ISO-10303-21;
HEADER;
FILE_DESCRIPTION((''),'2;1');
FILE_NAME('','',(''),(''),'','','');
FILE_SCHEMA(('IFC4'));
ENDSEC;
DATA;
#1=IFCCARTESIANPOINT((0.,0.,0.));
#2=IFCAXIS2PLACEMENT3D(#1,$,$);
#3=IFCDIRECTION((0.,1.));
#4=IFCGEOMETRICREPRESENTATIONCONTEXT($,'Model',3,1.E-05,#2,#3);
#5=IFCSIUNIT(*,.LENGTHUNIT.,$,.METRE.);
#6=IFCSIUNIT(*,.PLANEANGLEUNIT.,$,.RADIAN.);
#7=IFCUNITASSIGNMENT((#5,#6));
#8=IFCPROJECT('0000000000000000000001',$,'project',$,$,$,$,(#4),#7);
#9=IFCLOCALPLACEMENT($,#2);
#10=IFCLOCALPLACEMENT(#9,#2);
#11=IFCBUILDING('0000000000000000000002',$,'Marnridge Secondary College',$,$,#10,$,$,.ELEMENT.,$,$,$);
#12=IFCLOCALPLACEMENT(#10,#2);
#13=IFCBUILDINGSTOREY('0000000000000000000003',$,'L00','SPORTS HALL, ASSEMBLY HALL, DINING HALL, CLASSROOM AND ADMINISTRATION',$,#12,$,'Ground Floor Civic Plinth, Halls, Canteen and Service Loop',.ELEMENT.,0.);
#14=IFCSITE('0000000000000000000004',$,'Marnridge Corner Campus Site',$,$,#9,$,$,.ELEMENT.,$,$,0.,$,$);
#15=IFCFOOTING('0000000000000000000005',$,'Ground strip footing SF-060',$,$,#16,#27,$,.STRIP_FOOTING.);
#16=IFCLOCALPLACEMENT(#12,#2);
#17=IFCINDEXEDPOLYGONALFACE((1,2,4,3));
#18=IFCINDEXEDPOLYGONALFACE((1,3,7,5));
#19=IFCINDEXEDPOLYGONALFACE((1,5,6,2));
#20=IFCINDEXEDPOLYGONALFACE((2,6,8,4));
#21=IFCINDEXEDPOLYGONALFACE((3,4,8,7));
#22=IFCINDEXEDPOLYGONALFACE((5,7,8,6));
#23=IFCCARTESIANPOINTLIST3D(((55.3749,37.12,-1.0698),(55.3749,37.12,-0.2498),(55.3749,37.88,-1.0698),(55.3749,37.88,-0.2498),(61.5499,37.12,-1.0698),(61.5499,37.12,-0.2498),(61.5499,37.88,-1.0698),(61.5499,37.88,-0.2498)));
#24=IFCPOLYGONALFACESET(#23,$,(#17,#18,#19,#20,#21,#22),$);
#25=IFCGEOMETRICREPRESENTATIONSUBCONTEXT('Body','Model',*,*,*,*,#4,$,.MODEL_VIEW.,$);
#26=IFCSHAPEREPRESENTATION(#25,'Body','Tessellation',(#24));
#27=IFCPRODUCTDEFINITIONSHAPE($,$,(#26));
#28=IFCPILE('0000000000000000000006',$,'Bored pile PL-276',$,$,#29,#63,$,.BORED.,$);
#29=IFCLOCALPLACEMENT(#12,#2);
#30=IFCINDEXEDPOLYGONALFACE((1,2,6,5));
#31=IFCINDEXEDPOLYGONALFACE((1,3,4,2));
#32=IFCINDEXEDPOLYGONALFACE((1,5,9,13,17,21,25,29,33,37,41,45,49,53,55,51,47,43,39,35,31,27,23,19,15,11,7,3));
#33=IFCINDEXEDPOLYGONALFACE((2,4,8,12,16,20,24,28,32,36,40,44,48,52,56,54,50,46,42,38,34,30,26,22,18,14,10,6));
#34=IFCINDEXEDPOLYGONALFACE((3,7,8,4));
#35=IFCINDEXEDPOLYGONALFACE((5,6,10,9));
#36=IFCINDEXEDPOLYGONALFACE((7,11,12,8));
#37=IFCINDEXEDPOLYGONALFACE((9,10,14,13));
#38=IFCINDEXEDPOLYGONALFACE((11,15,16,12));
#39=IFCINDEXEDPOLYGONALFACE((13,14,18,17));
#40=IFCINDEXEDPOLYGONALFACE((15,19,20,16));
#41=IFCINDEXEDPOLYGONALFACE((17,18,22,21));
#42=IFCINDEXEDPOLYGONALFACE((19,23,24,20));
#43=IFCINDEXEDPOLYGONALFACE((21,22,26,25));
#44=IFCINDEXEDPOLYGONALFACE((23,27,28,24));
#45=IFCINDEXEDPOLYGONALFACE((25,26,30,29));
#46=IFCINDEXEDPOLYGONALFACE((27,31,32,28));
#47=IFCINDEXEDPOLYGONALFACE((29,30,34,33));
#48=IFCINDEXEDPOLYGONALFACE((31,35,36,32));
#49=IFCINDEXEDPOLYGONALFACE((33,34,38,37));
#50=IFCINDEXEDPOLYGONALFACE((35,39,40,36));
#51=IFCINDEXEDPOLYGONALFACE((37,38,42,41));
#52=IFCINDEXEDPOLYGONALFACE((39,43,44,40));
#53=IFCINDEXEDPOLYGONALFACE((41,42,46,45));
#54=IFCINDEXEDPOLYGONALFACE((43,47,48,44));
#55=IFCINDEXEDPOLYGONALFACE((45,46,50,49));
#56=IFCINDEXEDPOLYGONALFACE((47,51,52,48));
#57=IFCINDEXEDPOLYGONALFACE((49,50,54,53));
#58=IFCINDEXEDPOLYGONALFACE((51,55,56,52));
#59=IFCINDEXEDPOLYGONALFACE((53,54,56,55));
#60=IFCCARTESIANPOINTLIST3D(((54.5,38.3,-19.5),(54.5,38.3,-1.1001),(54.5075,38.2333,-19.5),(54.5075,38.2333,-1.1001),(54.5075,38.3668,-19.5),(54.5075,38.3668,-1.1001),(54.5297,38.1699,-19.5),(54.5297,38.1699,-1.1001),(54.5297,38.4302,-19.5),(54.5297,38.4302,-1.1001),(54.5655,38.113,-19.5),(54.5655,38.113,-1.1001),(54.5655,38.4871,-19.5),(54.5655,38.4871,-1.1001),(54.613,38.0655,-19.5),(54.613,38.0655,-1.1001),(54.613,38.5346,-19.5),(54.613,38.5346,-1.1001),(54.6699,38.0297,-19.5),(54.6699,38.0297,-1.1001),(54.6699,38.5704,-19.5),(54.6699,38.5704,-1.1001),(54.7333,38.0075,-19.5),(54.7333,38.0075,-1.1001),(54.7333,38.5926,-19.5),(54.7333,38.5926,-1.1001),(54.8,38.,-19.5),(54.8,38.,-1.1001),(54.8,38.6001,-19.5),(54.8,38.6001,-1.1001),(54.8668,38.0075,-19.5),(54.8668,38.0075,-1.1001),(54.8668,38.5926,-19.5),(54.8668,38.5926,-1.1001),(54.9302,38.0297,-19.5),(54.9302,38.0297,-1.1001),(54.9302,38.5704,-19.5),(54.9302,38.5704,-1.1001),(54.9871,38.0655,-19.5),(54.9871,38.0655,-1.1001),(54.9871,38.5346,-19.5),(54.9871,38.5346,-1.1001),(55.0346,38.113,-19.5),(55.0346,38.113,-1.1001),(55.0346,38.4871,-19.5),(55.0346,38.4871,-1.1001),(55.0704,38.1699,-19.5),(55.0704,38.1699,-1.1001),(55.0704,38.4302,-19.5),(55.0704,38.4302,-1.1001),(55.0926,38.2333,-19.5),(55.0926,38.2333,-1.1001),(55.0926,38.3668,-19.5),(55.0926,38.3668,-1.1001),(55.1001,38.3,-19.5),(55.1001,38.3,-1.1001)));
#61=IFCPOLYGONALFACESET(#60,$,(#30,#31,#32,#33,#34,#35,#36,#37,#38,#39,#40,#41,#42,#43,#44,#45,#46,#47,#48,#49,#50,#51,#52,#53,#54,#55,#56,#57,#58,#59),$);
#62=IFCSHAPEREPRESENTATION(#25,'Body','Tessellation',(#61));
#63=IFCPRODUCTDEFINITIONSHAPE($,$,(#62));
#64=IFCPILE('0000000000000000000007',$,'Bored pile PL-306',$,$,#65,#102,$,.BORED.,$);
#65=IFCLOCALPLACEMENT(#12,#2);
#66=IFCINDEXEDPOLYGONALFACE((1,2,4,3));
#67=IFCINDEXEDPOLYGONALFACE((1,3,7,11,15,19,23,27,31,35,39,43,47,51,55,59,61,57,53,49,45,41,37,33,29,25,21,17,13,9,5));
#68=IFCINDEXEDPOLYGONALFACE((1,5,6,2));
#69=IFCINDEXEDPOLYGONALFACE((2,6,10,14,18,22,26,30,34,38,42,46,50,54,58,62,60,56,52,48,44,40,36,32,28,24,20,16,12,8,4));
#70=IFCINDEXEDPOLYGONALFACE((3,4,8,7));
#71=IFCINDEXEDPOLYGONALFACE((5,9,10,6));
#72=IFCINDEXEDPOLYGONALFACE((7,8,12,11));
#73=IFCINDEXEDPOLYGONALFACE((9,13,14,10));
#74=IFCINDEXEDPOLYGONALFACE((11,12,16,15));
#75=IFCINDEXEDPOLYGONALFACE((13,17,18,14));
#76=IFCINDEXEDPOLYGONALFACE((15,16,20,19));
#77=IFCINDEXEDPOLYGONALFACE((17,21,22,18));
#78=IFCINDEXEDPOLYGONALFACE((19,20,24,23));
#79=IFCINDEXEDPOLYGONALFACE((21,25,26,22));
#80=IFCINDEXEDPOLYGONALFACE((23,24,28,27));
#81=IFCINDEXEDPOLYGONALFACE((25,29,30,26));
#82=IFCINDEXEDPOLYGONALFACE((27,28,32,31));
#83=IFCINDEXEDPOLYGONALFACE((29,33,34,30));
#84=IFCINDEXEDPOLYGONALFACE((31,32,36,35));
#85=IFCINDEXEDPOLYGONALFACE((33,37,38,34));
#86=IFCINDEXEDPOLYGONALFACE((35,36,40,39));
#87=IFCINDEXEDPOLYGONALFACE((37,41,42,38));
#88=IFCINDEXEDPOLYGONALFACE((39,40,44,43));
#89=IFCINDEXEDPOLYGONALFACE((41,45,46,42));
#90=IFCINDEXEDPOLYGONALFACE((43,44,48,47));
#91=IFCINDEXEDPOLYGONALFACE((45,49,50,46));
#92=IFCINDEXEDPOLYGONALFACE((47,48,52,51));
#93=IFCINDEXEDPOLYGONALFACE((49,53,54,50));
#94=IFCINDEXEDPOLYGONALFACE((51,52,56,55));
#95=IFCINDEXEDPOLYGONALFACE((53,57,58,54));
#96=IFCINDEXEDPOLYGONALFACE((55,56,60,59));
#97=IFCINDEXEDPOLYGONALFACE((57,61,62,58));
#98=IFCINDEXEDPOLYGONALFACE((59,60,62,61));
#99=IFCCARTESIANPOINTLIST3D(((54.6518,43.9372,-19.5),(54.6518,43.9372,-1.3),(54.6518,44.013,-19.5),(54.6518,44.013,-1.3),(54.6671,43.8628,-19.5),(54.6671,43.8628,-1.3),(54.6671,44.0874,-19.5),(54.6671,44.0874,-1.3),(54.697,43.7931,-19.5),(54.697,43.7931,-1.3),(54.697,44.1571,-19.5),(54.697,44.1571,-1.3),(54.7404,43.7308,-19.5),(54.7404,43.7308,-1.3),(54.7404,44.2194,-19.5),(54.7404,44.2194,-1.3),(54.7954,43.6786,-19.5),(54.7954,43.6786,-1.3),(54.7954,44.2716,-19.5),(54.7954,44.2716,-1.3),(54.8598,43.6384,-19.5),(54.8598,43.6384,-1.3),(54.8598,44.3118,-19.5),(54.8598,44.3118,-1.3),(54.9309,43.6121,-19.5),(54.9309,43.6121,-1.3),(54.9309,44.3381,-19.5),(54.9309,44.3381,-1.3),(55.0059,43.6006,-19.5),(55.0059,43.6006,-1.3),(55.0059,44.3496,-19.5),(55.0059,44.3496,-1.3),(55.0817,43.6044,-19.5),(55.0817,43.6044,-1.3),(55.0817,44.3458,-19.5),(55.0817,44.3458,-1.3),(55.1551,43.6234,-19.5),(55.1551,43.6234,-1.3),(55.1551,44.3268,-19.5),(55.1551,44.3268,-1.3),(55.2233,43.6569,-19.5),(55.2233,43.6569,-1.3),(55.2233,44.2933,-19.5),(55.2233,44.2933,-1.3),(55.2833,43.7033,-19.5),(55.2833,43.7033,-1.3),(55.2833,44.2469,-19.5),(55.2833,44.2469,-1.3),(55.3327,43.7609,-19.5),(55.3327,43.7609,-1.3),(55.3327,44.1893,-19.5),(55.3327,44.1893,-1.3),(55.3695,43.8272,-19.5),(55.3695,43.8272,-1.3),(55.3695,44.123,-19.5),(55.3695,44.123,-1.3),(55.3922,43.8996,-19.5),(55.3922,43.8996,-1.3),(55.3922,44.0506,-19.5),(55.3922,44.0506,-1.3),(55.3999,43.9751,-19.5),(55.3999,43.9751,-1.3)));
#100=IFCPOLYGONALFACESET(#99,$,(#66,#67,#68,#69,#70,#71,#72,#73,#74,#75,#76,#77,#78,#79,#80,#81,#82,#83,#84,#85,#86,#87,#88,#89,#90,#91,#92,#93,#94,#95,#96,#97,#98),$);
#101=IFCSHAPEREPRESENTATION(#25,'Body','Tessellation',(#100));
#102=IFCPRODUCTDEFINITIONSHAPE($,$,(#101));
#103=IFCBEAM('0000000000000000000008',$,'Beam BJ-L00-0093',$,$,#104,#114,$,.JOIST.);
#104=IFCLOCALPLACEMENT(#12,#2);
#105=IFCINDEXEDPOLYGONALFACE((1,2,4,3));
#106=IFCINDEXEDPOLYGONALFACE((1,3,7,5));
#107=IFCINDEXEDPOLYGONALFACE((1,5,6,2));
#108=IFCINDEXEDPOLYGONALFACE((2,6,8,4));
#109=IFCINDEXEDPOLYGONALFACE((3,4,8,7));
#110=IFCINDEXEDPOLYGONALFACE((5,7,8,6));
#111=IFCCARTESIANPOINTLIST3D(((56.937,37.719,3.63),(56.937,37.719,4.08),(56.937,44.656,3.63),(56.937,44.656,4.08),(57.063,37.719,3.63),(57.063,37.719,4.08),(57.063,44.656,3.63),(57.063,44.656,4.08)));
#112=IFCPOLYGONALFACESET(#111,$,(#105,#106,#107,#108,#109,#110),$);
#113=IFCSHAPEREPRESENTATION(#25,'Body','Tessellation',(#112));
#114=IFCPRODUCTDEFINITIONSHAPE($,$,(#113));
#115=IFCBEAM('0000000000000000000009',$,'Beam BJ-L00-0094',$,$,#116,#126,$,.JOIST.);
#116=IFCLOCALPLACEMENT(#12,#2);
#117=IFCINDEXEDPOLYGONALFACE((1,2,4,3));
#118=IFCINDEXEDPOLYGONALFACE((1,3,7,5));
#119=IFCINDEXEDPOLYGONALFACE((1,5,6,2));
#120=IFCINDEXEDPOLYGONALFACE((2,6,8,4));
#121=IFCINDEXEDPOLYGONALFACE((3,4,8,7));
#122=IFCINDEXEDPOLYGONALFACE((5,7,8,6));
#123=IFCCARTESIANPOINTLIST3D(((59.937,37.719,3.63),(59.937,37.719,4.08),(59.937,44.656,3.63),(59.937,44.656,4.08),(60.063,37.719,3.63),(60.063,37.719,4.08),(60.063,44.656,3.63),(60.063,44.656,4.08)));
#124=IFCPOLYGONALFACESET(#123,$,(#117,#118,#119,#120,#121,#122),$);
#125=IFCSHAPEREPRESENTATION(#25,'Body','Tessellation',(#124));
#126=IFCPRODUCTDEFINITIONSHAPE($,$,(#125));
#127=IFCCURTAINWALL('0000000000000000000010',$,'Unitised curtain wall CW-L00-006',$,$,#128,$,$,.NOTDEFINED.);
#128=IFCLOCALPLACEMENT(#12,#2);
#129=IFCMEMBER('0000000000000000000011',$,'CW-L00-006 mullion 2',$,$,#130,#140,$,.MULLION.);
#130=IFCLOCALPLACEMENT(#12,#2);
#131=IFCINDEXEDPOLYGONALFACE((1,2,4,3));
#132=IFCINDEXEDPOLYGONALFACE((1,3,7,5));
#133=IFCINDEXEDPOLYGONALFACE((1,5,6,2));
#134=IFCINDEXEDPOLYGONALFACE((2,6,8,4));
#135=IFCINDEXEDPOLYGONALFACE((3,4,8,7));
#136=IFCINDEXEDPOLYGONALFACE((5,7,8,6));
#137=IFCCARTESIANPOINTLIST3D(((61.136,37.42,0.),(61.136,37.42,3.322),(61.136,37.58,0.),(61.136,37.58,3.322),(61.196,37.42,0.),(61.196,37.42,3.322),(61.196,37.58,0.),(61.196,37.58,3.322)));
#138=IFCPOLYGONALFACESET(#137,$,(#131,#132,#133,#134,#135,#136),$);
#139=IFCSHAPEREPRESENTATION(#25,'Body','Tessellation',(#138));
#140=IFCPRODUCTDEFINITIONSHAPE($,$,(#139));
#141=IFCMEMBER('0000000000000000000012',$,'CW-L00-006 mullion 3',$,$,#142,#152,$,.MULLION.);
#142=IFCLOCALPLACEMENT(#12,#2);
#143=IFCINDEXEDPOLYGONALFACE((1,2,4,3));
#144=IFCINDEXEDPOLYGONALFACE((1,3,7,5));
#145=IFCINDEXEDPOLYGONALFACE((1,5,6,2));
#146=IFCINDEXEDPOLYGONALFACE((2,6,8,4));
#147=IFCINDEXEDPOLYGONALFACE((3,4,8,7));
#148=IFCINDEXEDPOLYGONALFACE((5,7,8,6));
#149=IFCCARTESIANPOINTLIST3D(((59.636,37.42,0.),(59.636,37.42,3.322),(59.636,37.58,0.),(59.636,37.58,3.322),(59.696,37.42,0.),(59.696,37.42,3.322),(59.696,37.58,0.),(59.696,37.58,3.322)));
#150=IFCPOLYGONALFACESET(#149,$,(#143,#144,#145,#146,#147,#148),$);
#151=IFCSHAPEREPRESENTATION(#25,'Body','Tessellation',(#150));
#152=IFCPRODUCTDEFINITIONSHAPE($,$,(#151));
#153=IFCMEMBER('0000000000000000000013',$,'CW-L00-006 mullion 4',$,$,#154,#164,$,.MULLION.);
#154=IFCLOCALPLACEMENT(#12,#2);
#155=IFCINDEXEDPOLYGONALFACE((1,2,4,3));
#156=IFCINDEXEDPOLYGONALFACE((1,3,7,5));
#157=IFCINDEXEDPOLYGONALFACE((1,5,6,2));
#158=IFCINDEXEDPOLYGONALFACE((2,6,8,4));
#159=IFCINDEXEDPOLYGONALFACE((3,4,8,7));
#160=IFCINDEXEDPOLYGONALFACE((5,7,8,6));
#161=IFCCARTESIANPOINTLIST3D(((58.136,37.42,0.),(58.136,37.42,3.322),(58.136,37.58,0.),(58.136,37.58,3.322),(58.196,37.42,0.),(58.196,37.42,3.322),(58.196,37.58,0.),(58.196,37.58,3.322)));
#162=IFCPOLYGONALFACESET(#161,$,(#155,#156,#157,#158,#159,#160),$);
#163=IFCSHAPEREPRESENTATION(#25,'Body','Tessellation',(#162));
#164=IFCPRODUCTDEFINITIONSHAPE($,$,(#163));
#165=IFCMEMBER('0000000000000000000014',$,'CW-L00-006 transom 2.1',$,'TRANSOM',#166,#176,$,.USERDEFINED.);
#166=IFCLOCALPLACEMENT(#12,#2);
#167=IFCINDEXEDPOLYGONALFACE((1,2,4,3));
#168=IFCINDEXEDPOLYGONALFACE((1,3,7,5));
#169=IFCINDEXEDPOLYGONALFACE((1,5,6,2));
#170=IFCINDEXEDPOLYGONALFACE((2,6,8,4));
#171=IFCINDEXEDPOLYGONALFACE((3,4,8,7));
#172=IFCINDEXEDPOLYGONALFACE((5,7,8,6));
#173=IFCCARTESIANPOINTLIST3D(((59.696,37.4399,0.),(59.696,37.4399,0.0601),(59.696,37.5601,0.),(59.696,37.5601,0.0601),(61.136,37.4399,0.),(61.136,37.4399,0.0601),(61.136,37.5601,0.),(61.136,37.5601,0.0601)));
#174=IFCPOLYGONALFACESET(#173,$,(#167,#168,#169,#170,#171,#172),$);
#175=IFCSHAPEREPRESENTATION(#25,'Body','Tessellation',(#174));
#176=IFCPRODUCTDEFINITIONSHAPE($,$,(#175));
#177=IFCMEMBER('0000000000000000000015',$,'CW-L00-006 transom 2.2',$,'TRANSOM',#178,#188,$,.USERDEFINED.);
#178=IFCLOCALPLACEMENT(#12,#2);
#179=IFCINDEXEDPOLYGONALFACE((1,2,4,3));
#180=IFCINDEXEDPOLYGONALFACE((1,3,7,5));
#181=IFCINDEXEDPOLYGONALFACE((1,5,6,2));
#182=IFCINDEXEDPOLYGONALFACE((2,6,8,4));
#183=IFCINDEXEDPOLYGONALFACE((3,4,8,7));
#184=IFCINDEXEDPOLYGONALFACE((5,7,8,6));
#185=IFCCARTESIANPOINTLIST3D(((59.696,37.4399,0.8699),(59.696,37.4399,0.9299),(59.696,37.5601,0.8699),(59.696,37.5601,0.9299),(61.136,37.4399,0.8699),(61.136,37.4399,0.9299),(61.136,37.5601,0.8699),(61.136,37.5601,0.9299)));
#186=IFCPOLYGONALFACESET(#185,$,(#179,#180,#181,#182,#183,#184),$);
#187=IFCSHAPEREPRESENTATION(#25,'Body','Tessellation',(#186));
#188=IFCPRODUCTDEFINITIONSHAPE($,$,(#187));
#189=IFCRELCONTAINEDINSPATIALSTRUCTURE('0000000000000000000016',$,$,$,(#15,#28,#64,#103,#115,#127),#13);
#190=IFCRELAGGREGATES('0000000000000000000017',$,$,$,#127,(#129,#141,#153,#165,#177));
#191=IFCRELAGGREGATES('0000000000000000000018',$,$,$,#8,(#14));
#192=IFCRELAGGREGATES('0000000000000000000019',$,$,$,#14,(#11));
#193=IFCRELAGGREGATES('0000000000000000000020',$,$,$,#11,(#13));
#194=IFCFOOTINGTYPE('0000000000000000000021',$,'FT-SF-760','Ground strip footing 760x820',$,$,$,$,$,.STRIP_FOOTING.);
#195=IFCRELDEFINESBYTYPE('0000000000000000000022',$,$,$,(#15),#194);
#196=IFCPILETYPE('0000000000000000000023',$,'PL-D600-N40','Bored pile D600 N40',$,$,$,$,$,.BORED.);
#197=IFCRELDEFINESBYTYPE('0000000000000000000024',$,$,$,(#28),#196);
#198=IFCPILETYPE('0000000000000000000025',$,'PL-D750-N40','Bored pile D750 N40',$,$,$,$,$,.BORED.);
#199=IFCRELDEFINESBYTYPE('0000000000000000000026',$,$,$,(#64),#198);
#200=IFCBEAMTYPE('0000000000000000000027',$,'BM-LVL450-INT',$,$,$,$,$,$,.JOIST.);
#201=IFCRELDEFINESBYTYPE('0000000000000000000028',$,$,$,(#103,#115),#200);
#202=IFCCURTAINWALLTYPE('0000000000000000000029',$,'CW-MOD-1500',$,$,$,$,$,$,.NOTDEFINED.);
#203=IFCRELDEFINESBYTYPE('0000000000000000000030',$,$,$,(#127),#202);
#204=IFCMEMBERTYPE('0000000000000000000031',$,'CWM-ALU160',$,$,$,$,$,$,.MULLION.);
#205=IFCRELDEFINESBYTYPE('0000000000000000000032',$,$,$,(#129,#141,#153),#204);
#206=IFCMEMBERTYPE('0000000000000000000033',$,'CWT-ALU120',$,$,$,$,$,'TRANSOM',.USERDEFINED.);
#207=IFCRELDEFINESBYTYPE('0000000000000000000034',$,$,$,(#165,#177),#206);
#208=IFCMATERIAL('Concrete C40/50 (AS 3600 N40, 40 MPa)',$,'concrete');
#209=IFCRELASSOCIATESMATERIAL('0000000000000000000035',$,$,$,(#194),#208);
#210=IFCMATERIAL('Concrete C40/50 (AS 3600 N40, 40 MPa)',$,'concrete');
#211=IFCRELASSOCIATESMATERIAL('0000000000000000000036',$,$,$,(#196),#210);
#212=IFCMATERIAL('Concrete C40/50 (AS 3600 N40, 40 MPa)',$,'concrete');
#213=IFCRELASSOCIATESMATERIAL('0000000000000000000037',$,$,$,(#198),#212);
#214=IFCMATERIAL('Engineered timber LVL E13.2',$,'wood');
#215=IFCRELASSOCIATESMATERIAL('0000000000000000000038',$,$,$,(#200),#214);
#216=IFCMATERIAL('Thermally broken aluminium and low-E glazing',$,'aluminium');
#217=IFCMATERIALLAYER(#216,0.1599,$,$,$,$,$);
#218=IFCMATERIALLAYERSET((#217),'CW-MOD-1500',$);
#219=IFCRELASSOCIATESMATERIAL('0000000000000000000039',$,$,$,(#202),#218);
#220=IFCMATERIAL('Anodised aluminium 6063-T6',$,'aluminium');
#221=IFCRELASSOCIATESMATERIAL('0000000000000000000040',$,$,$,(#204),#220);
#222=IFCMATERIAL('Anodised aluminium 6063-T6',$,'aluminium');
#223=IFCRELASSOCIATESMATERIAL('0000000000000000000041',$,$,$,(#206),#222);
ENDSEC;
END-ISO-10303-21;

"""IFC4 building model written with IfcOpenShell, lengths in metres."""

from ifc_helpers import new_model, si_unit, direction, frame, origin, origin_2d, place, context, subcontext, project, spatial, rectangle, circle, extrude, material, layer, layer_set, material_profile, profile_set, type_object, element, aggregate, save


model = new_model("IFC4")

# Units and contexts
model_context = context("Model", 3, precision=1e-05, world=origin(), true_north=direction((0.0, 1.0)))
body_context = subcontext(model_context, "Body", "Model", "MODEL_VIEW")
ifc_project = project(units=[si_unit("LENGTHUNIT", "METRE"), si_unit("PLANEANGLEUNIT", "RADIAN")], contexts=[model_context])

# Site, building, storey
site_placement = place(None, origin())
site = spatial("IfcSite", under=ifc_project, at=site_placement, Name="Marnridge Corner Campus Site", CompositionType="ELEMENT", RefElevation=0.0)
building_placement = place(site_placement, origin())
building = spatial("IfcBuilding", under=site, at=building_placement, Name="Marnridge Secondary College", CompositionType="ELEMENT")
storey_placement = place(building_placement, origin())
storey = spatial("IfcBuildingStorey", under=building, at=storey_placement, Name="L00", Description="SPORTS HALL, ASSEMBLY HALL, DINING HALL, CLASSROOM AND ADMINISTRATION", LongName="Ground Floor Civic Plinth, Halls, Canteen and Service Loop", CompositionType="ELEMENT", Elevation=0.0)

# Footing
ifc_material_1 = material(Name="Concrete C40/50 (AS 3600 N40, 40 MPa)", Category="concrete")
footing_type = type_object("IfcFootingType", Name="FT-SF-760", Description="Ground strip footing 760x820", PredefinedType="STRIP_FOOTING", material=ifc_material_1)
footing_placement = place(storey_placement, frame((58.4624, 37.5, -1.0698), z_axis=(0.0, 0.0, 1.0), x_axis=(1.0, 0.0, 0.0)))
element("IfcFooting", 1, at=footing_placement, inside=storey, type_object=footing_type, Name="Ground strip footing SF-060", PredefinedType="STRIP_FOOTING", context=body_context, shape_type="SweptSolid", body=[
    extrude(rectangle(XDim=6.175, YDim=0.76, at=origin_2d()), origin(), (0.0, 0.0, 1.0), 0.8201),
])

# Piles
ifc_material_2 = material(Name="Concrete C40/50 (AS 3600 N40, 40 MPa)", Category="concrete")
ifc_material_profile_1 = material_profile(ifc_material_2, circle(Radius=0.3, at=origin_2d()), Name="PILE D600")
ifc_profile_set_1 = profile_set([ifc_material_profile_1], Name="Concrete C40/50 (AS 3600 N40, 40 MPa)")
pile_type_1 = type_object("IfcPileType", Name="PL-D600-N40", Description="Bored pile D600 N40", PredefinedType="BORED", material=ifc_profile_set_1)
pile_1_placement = place(storey_placement, frame((54.8, 38.3, -1.1001), z_axis=(0.0, 0.0, -1.0), x_axis=(1.0, 0.0, 0.0)))
element("IfcPile", 2, at=pile_1_placement, inside=storey, type_object=pile_type_1, Name="Bored pile PL-276", PredefinedType="BORED", context=body_context, shape_type="SweptSolid", body=[
    extrude(circle(Radius=0.3, at=origin_2d()), origin(), (0.0, 0.0, 1.0), 18.3999),
])
ifc_material_3 = material(Name="Concrete C40/50 (AS 3600 N40, 40 MPa)", Category="concrete")
ifc_material_profile_2 = material_profile(ifc_material_3, circle(Radius=0.375, at=origin_2d()), Name="PILE D750")
ifc_profile_set_2 = profile_set([ifc_material_profile_2], Name="Concrete C40/50 (AS 3600 N40, 40 MPa)")
pile_type_2 = type_object("IfcPileType", Name="PL-D750-N40", Description="Bored pile D750 N40", PredefinedType="BORED", material=ifc_profile_set_2)
pile_2_placement = place(storey_placement, frame((55.0249, 43.9751, -1.3), z_axis=(0.0, 0.0, -1.0), x_axis=(1.0, 0.0, 0.0)))
element("IfcPile", 3, at=pile_2_placement, inside=storey, type_object=pile_type_2, Name="Bored pile PL-306", PredefinedType="BORED", context=body_context, shape_type="SweptSolid", body=[
    extrude(circle(Radius=0.375, at=origin_2d()), origin(), (0.0, 0.0, 1.0), 18.2),
])

# Beams
ifc_material_4 = material(Name="Engineered timber LVL E13.2", Category="wood")
ifc_material_profile_3 = material_profile(ifc_material_4, rectangle(XDim=0.126, YDim=0.45, at=origin_2d()), Name="LVL 126x450")
ifc_profile_set_3 = profile_set([ifc_material_profile_3], Name="Engineered timber LVL E13.2")
beam_type = type_object("IfcBeamType", Name="BM-LVL450-INT", PredefinedType="JOIST", material=ifc_profile_set_3)
for number, where, z_axis, x_axis, name in (
    (4, (57.0, 37.719, 3.855), (0.0, 1.0, 0.0), (-1.0, 0.0, 0.0), "Beam BJ-L00-0093"),
    (5, (60.0, 37.719, 3.855), (0.0, 1.0, 0.0), (-1.0, 0.0, 0.0), "Beam BJ-L00-0094"),
):
    element("IfcBeam", number, at=place(storey_placement, frame(where, z_axis=z_axis, x_axis=x_axis)), inside=storey, type_object=beam_type, Name=name, PredefinedType="JOIST", context=body_context, shape_type="SweptSolid", body=[
        extrude(rectangle(XDim=0.126, YDim=0.45, at=origin_2d()), origin(), (0.0, 0.0, 1.0), 6.937),
    ])

# Curtain wall, members
ifc_material_5 = material(Name="Thermally broken aluminium and low-E glazing", Category="aluminium")
ifc_layer_1 = layer(ifc_material_5, 0.1599)
ifc_layer_set_1 = layer_set([ifc_layer_1], Name="CW-MOD-1500")
curtain_wall_type = type_object("IfcCurtainWallType", Name="CW-MOD-1500", PredefinedType="NOTDEFINED", material=ifc_layer_set_1)
curtain_wall_placement = place(storey_placement, origin())
curtain_wall = element("IfcCurtainWall", 6, at=curtain_wall_placement, inside=storey, type_object=curtain_wall_type, Name="Unitised curtain wall CW-L00-006", PredefinedType="NOTDEFINED")
ifc_material_6 = material(Name="Anodised aluminium 6063-T6", Category="aluminium")
ifc_material_profile_4 = material_profile(ifc_material_6, rectangle(XDim=0.0601, YDim=0.1599, at=origin_2d()), Name="ALU 60x160")
ifc_profile_set_4 = profile_set([ifc_material_profile_4], Name="Anodised aluminium 6063-T6")
member_type_1 = type_object("IfcMemberType", Name="CWM-ALU160", PredefinedType="MULLION", material=ifc_profile_set_4)
member_1_placement = place(storey_placement, frame((61.166, 37.5, 0.0), z_axis=(0.0, 0.0, 1.0), x_axis=(-1.0, 0.0, 0.0)))
member_1 = element("IfcMember", 7, at=member_1_placement, type_object=member_type_1, Name="CW-L00-006 mullion 2", PredefinedType="MULLION", context=body_context, shape_type="SweptSolid", body=[
    extrude(rectangle(XDim=0.0601, YDim=0.1599, at=origin_2d()), origin(), (0.0, 0.0, 1.0), 3.322),
])
member_2_placement = place(storey_placement, frame((59.666, 37.5, 0.0), z_axis=(0.0, 0.0, 1.0), x_axis=(-1.0, 0.0, 0.0)))
member_2 = element("IfcMember", 8, at=member_2_placement, type_object=member_type_1, Name="CW-L00-006 mullion 3", PredefinedType="MULLION", context=body_context, shape_type="SweptSolid", body=[
    extrude(rectangle(XDim=0.0601, YDim=0.1599, at=origin_2d()), origin(), (0.0, 0.0, 1.0), 3.322),
])
member_3_placement = place(storey_placement, frame((58.166, 37.5, 0.0), z_axis=(0.0, 0.0, 1.0), x_axis=(-1.0, 0.0, 0.0)))
member_3 = element("IfcMember", 9, at=member_3_placement, type_object=member_type_1, Name="CW-L00-006 mullion 4", PredefinedType="MULLION", context=body_context, shape_type="SweptSolid", body=[
    extrude(rectangle(XDim=0.0601, YDim=0.1599, at=origin_2d()), origin(), (0.0, 0.0, 1.0), 3.322),
])
ifc_material_7 = material(Name="Anodised aluminium 6063-T6", Category="aluminium")
ifc_material_profile_5 = material_profile(ifc_material_7, rectangle(XDim=0.0601, YDim=0.1201, at=origin_2d()), Name="ALU 60x120")
ifc_profile_set_5 = profile_set([ifc_material_profile_5], Name="Anodised aluminium 6063-T6")
member_type_2 = type_object("IfcMemberType", Name="CWT-ALU120", ElementType="TRANSOM", PredefinedType="USERDEFINED", material=ifc_profile_set_5)
member_4_placement = place(storey_placement, frame((61.136, 37.5, 0.03), z_axis=(-1.0, 0.0, 0.0), x_axis=(0.0, 0.0, 1.0)))
member_4 = element("IfcMember", 10, at=member_4_placement, type_object=member_type_2, Name="CW-L00-006 transom 2.1", ObjectType="TRANSOM", PredefinedType="USERDEFINED", context=body_context, shape_type="SweptSolid", body=[
    extrude(rectangle(XDim=0.0601, YDim=0.1201, at=origin_2d()), origin(), (0.0, 0.0, 1.0), 1.4399),
])
member_5_placement = place(storey_placement, frame((61.136, 37.5, 0.8999), z_axis=(-1.0, 0.0, 0.0), x_axis=(0.0, 0.0, 1.0)))
member_5 = element("IfcMember", 11, at=member_5_placement, type_object=member_type_2, Name="CW-L00-006 transom 2.2", ObjectType="TRANSOM", PredefinedType="USERDEFINED", context=body_context, shape_type="SweptSolid", body=[
    extrude(rectangle(XDim=0.0601, YDim=0.1201, at=origin_2d()), origin(), (0.0, 0.0, 1.0), 1.4399),
])
aggregate(curtain_wall, [member_1, member_2, member_3, member_4, member_5])

save(model, "model.ifc")
